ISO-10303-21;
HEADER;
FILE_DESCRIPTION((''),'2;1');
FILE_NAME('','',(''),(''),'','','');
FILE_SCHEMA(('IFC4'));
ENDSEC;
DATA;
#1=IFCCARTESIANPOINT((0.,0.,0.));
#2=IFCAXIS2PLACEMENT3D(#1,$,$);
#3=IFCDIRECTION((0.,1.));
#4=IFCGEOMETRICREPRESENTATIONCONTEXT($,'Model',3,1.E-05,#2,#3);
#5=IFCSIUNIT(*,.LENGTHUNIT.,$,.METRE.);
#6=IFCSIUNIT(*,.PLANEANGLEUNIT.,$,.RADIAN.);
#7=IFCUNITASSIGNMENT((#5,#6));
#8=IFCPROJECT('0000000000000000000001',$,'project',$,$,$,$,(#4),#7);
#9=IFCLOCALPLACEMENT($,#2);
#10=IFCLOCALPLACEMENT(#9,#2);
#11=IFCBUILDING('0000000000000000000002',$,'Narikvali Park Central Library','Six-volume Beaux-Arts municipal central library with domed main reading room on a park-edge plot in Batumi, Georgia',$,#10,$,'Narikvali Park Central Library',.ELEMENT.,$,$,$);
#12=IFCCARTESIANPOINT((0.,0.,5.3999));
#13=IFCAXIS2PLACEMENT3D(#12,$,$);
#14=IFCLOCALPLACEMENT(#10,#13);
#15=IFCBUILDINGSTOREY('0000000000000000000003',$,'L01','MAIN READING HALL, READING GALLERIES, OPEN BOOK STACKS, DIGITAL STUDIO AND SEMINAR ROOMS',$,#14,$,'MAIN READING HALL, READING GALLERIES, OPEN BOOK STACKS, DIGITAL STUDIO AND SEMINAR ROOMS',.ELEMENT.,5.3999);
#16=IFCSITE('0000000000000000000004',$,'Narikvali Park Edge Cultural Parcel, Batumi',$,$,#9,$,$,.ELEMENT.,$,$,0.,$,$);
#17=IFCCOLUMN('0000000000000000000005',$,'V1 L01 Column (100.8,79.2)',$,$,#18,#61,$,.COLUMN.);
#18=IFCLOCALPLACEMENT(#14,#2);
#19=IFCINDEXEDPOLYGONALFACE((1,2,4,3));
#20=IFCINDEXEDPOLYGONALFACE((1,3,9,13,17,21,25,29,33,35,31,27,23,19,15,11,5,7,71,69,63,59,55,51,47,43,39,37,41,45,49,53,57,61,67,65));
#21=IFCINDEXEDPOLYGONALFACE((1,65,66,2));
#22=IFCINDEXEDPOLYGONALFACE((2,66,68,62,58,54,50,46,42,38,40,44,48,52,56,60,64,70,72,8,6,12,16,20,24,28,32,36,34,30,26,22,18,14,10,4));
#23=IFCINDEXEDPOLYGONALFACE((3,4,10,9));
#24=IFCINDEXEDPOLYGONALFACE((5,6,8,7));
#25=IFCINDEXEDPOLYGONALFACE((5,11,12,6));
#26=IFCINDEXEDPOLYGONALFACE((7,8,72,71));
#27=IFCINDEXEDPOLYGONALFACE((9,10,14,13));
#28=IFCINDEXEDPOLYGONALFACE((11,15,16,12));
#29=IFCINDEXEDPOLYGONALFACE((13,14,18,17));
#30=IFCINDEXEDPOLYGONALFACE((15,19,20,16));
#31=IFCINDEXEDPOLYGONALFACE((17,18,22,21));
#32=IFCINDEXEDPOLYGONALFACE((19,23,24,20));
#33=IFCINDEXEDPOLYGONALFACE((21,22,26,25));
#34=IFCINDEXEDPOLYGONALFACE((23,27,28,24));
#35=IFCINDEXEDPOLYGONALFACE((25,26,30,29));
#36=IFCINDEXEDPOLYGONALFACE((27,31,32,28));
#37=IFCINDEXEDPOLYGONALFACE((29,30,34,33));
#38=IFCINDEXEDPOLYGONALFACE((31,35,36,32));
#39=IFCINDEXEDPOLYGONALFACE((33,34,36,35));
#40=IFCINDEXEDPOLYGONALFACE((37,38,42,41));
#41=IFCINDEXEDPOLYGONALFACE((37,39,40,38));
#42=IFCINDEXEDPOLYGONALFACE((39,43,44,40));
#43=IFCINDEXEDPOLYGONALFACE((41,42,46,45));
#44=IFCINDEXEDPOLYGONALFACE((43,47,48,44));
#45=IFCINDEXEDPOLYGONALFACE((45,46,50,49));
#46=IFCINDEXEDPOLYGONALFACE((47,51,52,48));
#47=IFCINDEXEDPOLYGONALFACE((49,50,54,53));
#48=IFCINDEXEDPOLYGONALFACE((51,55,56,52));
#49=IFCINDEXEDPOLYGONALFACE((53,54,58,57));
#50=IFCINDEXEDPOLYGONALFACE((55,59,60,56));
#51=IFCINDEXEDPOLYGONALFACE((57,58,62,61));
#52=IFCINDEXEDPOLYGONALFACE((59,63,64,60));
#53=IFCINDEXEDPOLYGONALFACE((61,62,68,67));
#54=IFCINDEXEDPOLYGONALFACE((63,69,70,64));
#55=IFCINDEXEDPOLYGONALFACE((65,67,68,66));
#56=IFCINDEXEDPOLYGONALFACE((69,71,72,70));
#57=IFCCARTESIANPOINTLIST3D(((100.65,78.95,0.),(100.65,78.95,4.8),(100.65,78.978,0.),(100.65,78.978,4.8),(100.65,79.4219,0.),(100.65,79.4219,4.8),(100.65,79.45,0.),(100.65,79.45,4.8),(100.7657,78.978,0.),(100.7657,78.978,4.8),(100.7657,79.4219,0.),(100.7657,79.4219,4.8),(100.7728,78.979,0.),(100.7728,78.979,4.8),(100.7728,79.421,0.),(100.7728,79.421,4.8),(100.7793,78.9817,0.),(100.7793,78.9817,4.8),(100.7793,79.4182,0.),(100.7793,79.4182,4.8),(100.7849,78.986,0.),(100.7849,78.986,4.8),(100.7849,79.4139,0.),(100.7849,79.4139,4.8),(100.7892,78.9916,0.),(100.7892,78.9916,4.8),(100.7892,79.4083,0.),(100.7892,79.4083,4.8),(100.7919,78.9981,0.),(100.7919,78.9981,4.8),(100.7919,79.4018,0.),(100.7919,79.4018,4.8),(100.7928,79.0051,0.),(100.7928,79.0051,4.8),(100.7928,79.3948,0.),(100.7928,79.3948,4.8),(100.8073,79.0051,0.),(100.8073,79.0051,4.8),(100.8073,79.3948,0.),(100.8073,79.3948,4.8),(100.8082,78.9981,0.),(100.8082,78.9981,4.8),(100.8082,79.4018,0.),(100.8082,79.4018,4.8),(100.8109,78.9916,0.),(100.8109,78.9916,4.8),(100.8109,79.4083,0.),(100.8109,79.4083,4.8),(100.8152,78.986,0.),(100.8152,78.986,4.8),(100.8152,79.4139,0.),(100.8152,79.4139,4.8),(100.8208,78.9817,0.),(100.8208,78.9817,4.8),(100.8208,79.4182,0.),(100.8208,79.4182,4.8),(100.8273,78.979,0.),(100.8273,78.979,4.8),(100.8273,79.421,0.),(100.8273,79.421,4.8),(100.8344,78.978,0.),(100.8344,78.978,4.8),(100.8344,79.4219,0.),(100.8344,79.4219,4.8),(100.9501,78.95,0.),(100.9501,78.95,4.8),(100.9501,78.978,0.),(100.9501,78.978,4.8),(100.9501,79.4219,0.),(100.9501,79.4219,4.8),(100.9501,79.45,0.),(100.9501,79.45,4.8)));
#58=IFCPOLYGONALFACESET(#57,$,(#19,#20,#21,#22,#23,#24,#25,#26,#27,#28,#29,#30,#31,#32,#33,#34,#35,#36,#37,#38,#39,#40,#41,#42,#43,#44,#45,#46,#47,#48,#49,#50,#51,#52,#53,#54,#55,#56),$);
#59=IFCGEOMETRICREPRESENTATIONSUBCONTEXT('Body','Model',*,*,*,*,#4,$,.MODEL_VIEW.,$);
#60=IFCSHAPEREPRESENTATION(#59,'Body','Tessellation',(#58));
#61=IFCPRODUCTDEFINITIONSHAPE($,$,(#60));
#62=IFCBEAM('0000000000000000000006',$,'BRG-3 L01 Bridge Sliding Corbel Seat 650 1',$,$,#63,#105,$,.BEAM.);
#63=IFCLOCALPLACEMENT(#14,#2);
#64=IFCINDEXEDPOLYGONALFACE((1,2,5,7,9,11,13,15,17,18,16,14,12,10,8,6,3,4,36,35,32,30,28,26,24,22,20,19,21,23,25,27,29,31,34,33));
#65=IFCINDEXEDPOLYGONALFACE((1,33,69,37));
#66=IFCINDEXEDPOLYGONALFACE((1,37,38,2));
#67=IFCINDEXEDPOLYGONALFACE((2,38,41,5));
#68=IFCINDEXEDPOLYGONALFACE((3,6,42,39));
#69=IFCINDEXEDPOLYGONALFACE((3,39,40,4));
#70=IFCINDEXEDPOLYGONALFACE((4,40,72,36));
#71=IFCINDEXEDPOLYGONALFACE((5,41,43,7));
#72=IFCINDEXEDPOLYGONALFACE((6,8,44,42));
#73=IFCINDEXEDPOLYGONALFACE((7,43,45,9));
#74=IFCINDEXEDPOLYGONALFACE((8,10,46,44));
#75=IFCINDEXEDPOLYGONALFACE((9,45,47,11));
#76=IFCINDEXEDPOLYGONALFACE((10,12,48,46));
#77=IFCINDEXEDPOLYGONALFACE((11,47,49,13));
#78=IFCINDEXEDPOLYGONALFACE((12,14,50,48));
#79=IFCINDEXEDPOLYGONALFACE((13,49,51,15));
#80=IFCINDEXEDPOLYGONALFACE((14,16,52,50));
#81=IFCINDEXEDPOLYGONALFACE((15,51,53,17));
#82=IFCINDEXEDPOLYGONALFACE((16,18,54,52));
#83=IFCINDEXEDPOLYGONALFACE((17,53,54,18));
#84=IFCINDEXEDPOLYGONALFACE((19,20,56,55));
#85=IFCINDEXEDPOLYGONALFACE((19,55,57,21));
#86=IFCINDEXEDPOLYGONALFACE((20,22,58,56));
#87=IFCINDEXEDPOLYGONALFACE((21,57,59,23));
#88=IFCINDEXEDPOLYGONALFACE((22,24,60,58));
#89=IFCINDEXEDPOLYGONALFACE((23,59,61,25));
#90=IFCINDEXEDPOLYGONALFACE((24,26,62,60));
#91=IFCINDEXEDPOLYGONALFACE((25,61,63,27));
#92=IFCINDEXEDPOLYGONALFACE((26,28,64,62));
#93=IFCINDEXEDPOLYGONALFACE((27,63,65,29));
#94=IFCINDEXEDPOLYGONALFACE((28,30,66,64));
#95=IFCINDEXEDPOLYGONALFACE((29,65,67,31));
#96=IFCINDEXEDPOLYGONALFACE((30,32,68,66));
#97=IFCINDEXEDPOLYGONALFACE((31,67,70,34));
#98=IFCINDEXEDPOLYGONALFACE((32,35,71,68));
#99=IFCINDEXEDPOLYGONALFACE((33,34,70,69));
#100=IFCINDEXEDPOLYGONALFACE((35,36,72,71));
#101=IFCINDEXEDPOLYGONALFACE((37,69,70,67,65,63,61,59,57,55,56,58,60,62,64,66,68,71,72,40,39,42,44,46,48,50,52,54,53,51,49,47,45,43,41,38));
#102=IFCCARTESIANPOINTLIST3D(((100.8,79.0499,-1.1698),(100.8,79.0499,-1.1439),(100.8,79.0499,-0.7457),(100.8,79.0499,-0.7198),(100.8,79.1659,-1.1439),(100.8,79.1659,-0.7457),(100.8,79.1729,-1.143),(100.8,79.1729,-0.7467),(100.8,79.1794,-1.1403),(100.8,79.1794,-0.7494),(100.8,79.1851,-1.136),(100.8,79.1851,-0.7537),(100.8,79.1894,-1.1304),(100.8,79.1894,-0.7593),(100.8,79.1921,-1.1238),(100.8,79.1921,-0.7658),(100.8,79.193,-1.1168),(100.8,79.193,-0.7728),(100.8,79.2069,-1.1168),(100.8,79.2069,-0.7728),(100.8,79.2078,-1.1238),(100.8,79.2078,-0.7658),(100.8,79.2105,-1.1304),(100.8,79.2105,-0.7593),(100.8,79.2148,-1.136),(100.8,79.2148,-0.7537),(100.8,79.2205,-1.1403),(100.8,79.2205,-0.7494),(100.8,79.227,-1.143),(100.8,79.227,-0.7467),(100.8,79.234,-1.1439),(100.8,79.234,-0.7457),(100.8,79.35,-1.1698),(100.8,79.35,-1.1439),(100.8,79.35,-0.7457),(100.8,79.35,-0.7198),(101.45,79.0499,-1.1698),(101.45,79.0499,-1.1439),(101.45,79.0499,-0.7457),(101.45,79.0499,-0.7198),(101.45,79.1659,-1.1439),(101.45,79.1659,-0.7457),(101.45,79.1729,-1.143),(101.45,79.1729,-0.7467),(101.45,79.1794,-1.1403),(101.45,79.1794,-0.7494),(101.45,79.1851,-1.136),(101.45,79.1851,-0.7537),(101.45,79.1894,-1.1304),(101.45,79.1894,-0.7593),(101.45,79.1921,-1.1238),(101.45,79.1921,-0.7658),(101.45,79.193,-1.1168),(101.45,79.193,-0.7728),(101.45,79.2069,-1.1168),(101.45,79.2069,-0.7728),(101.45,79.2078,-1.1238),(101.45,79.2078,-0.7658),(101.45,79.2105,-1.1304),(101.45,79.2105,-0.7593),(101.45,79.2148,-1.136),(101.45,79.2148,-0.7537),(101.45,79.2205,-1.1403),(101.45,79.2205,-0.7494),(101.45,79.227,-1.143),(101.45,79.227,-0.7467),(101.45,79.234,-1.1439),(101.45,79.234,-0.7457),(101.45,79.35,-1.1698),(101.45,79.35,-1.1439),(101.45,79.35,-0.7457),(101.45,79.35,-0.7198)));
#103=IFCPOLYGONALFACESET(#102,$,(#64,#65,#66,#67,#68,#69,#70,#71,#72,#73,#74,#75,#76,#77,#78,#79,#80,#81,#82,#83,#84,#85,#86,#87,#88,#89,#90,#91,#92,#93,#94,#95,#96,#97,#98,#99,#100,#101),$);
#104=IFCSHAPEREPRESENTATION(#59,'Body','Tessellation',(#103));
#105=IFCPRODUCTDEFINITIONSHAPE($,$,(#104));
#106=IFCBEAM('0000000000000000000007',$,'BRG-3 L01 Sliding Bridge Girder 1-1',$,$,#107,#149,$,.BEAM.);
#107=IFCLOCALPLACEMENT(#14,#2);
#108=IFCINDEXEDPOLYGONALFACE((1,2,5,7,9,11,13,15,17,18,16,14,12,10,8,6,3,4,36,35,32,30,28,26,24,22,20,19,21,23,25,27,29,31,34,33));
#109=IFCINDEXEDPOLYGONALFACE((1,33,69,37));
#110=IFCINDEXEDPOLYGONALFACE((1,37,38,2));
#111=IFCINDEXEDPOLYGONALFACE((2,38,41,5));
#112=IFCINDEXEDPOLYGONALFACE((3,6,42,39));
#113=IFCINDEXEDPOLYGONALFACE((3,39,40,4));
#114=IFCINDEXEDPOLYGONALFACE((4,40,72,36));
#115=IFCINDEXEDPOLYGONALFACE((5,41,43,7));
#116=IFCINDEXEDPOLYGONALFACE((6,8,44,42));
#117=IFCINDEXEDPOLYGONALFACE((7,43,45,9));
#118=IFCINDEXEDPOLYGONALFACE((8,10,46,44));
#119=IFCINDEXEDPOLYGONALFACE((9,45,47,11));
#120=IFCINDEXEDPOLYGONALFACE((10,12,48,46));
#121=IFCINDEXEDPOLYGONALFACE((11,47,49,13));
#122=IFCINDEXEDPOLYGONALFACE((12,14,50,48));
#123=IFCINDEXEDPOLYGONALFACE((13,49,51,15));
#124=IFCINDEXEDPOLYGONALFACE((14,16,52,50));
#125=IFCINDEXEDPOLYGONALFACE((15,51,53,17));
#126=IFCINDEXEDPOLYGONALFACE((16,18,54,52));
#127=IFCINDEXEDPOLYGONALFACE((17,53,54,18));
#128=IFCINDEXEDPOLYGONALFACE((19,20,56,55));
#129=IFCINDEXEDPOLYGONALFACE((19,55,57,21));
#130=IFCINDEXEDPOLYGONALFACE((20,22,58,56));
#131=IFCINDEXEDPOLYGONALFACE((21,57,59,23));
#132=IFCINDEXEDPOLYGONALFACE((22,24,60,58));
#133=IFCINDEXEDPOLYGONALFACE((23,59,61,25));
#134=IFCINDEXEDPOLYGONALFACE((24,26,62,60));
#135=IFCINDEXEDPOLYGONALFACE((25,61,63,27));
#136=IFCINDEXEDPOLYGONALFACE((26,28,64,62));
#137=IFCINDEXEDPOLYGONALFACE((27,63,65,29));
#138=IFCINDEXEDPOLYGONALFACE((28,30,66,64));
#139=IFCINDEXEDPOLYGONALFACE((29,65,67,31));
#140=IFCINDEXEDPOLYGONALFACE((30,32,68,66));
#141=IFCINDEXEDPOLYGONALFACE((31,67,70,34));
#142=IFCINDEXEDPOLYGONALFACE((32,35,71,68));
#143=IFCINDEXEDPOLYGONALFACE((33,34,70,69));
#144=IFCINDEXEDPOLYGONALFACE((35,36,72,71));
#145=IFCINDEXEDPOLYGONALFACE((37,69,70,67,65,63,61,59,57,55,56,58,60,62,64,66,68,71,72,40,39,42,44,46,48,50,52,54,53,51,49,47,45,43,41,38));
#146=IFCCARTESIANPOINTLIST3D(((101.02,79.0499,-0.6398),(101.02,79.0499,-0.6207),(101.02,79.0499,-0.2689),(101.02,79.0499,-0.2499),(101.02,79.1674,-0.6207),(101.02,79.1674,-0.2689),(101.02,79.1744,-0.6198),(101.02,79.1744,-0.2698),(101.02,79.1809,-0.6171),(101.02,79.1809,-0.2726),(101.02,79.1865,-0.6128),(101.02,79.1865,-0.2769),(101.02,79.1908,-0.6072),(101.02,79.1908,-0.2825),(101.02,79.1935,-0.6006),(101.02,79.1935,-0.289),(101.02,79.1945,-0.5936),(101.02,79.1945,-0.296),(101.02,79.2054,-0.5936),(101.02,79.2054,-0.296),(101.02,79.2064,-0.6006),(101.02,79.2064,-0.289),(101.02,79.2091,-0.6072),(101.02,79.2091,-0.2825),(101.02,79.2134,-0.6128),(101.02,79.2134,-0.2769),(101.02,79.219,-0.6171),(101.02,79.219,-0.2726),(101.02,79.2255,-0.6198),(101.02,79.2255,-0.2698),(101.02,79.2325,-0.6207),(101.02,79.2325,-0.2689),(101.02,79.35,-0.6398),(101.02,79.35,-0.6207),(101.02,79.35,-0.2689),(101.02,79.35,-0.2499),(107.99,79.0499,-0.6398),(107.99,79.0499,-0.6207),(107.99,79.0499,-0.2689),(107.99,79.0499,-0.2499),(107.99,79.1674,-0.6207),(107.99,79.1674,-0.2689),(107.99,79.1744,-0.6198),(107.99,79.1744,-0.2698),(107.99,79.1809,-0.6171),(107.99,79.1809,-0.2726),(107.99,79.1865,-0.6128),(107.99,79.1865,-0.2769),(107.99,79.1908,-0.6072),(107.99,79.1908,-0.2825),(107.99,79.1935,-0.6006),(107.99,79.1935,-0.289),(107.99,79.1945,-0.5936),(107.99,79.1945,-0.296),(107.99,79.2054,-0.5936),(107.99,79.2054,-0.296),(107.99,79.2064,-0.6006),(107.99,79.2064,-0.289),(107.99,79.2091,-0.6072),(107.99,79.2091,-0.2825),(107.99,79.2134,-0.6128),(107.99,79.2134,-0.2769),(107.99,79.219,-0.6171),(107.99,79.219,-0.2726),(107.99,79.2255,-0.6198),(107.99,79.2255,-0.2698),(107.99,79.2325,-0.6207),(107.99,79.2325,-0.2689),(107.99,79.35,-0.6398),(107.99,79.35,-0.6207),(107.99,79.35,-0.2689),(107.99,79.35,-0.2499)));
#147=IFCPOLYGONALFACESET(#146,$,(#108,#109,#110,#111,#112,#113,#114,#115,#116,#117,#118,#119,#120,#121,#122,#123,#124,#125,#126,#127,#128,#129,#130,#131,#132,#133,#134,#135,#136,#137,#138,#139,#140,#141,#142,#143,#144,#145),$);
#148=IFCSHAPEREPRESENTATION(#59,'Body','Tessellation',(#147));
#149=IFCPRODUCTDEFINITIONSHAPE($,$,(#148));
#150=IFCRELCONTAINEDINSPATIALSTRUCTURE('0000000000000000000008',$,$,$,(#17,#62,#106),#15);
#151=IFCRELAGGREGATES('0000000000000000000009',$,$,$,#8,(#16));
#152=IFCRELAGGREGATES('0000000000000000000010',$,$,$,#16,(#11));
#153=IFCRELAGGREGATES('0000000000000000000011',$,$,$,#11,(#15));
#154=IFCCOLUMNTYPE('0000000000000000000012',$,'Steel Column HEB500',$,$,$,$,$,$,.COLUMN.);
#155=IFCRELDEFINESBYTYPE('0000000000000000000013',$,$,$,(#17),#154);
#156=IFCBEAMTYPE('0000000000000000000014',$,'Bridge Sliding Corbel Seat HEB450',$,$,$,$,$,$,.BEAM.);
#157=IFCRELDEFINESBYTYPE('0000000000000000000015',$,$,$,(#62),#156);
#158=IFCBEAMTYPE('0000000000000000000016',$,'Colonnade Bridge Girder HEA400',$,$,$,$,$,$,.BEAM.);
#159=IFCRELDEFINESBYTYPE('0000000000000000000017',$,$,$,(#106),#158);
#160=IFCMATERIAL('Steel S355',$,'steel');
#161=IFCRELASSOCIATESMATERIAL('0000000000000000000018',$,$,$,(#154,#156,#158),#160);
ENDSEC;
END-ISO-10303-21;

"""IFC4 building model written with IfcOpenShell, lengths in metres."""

from ifc_helpers import new_model, si_unit, direction, frame, origin, origin_2d, place, context, subcontext, project, spatial, i_section, extrude, material, material_profile, profile_set, type_object, element, save


model = new_model("IFC4")

# Units and contexts
model_context = context("Model", 3, precision=1e-05, world=origin(), true_north=direction((0.0, 1.0)))
body_context = subcontext(model_context, "Body", "Model", "MODEL_VIEW")
ifc_project = project(units=[si_unit("LENGTHUNIT", "METRE"), si_unit("PLANEANGLEUNIT", "RADIAN")], contexts=[model_context])

# Site, building, storey
site_placement = place(None, origin())
site = spatial("IfcSite", under=ifc_project, at=site_placement, Name="Narikvali Park Edge Cultural Parcel, Batumi", CompositionType="ELEMENT", RefElevation=0.0)
building_placement = place(site_placement, origin())
building = spatial("IfcBuilding", under=site, at=building_placement, Name="Narikvali Park Central Library", Description="Six-volume Beaux-Arts municipal central library with domed main reading room on a park-edge plot in Batumi, Georgia", LongName="Narikvali Park Central Library", CompositionType="ELEMENT")
storey_placement = place(building_placement, frame((0.0, 0.0, 5.3999)))
storey = spatial("IfcBuildingStorey", under=building, at=storey_placement, Name="L01", Description="MAIN READING HALL, READING GALLERIES, OPEN BOOK STACKS, DIGITAL STUDIO AND SEMINAR ROOMS", LongName="MAIN READING HALL, READING GALLERIES, OPEN BOOK STACKS, DIGITAL STUDIO AND SEMINAR ROOMS", CompositionType="ELEMENT", Elevation=5.3999)

# Column
ifc_material_1 = material(Name="Steel S355", Category="steel")
ifc_material_profile_1 = material_profile(ifc_material_1, i_section(OverallWidth=0.3, OverallDepth=0.5, WebThickness=0.0144, FlangeThickness=0.0281, FilletRadius=0.0271, at=origin_2d()), Name="HEB 500")
ifc_profile_set_1 = profile_set([ifc_material_profile_1], Name="Steel S355")
column_type = type_object("IfcColumnType", Name="Steel Column HEB500", PredefinedType="COLUMN", material=ifc_profile_set_1)
column_placement = place(storey_placement, frame((100.8, 79.2, 0.0), z_axis=(0.0, 0.0, 1.0), x_axis=(1.0, 0.0, 0.0)))
element("IfcColumn", 1, at=column_placement, inside=storey, type_object=column_type, Name="V1 L01 Column (100.8,79.2)", PredefinedType="COLUMN", context=body_context, shape_type="SweptSolid", body=[
    extrude(i_section(OverallWidth=0.3, OverallDepth=0.5, WebThickness=0.0144, FlangeThickness=0.0281, FilletRadius=0.0271, at=origin_2d()), origin(), (0.0, 0.0, 1.0), 4.8),
])

# Beams
ifc_material_profile_2 = material_profile(ifc_material_1, i_section(OverallWidth=0.3, OverallDepth=0.45, WebThickness=0.0139, FlangeThickness=0.0259, FilletRadius=0.0271, at=origin_2d()), Name="HEB 450")
ifc_profile_set_2 = profile_set([ifc_material_profile_2], Name="Steel S355")
beam_type_1 = type_object("IfcBeamType", Name="Bridge Sliding Corbel Seat HEB450", PredefinedType="BEAM", material=ifc_profile_set_2)
beam_1_placement = place(storey_placement, frame((100.8, 79.2, -0.9448), z_axis=(1.0, 0.0, 0.0), x_axis=(0.0, 1.0, 0.0)))
element("IfcBeam", 2, at=beam_1_placement, inside=storey, type_object=beam_type_1, Name="BRG-3 L01 Bridge Sliding Corbel Seat 650 1", PredefinedType="BEAM", context=body_context, shape_type="SweptSolid", body=[
    extrude(i_section(OverallWidth=0.3, OverallDepth=0.45, WebThickness=0.0139, FlangeThickness=0.0259, FilletRadius=0.0271, at=origin_2d()), origin(), (0.0, 0.0, 1.0), 0.6499),
])
ifc_material_profile_3 = material_profile(ifc_material_1, i_section(OverallWidth=0.3, OverallDepth=0.3899, WebThickness=0.011, FlangeThickness=0.019, FilletRadius=0.0271, at=origin_2d()), Name="HEA 400")
ifc_profile_set_3 = profile_set([ifc_material_profile_3], Name="Steel S355")
beam_type_2 = type_object("IfcBeamType", Name="Colonnade Bridge Girder HEA400", PredefinedType="BEAM", material=ifc_profile_set_3)
beam_2_placement = place(storey_placement, frame((101.02, 79.2, -0.4448), z_axis=(1.0, 0.0, 0.0), x_axis=(0.0, 1.0, 0.0)))
element("IfcBeam", 3, at=beam_2_placement, inside=storey, type_object=beam_type_2, Name="BRG-3 L01 Sliding Bridge Girder 1-1", PredefinedType="BEAM", context=body_context, shape_type="SweptSolid", body=[
    extrude(i_section(OverallWidth=0.3, OverallDepth=0.3899, WebThickness=0.011, FlangeThickness=0.019, FilletRadius=0.0271, at=origin_2d()), origin(), (0.0, 0.0, 1.0), 6.97),
])

save(model, "model.ifc")
